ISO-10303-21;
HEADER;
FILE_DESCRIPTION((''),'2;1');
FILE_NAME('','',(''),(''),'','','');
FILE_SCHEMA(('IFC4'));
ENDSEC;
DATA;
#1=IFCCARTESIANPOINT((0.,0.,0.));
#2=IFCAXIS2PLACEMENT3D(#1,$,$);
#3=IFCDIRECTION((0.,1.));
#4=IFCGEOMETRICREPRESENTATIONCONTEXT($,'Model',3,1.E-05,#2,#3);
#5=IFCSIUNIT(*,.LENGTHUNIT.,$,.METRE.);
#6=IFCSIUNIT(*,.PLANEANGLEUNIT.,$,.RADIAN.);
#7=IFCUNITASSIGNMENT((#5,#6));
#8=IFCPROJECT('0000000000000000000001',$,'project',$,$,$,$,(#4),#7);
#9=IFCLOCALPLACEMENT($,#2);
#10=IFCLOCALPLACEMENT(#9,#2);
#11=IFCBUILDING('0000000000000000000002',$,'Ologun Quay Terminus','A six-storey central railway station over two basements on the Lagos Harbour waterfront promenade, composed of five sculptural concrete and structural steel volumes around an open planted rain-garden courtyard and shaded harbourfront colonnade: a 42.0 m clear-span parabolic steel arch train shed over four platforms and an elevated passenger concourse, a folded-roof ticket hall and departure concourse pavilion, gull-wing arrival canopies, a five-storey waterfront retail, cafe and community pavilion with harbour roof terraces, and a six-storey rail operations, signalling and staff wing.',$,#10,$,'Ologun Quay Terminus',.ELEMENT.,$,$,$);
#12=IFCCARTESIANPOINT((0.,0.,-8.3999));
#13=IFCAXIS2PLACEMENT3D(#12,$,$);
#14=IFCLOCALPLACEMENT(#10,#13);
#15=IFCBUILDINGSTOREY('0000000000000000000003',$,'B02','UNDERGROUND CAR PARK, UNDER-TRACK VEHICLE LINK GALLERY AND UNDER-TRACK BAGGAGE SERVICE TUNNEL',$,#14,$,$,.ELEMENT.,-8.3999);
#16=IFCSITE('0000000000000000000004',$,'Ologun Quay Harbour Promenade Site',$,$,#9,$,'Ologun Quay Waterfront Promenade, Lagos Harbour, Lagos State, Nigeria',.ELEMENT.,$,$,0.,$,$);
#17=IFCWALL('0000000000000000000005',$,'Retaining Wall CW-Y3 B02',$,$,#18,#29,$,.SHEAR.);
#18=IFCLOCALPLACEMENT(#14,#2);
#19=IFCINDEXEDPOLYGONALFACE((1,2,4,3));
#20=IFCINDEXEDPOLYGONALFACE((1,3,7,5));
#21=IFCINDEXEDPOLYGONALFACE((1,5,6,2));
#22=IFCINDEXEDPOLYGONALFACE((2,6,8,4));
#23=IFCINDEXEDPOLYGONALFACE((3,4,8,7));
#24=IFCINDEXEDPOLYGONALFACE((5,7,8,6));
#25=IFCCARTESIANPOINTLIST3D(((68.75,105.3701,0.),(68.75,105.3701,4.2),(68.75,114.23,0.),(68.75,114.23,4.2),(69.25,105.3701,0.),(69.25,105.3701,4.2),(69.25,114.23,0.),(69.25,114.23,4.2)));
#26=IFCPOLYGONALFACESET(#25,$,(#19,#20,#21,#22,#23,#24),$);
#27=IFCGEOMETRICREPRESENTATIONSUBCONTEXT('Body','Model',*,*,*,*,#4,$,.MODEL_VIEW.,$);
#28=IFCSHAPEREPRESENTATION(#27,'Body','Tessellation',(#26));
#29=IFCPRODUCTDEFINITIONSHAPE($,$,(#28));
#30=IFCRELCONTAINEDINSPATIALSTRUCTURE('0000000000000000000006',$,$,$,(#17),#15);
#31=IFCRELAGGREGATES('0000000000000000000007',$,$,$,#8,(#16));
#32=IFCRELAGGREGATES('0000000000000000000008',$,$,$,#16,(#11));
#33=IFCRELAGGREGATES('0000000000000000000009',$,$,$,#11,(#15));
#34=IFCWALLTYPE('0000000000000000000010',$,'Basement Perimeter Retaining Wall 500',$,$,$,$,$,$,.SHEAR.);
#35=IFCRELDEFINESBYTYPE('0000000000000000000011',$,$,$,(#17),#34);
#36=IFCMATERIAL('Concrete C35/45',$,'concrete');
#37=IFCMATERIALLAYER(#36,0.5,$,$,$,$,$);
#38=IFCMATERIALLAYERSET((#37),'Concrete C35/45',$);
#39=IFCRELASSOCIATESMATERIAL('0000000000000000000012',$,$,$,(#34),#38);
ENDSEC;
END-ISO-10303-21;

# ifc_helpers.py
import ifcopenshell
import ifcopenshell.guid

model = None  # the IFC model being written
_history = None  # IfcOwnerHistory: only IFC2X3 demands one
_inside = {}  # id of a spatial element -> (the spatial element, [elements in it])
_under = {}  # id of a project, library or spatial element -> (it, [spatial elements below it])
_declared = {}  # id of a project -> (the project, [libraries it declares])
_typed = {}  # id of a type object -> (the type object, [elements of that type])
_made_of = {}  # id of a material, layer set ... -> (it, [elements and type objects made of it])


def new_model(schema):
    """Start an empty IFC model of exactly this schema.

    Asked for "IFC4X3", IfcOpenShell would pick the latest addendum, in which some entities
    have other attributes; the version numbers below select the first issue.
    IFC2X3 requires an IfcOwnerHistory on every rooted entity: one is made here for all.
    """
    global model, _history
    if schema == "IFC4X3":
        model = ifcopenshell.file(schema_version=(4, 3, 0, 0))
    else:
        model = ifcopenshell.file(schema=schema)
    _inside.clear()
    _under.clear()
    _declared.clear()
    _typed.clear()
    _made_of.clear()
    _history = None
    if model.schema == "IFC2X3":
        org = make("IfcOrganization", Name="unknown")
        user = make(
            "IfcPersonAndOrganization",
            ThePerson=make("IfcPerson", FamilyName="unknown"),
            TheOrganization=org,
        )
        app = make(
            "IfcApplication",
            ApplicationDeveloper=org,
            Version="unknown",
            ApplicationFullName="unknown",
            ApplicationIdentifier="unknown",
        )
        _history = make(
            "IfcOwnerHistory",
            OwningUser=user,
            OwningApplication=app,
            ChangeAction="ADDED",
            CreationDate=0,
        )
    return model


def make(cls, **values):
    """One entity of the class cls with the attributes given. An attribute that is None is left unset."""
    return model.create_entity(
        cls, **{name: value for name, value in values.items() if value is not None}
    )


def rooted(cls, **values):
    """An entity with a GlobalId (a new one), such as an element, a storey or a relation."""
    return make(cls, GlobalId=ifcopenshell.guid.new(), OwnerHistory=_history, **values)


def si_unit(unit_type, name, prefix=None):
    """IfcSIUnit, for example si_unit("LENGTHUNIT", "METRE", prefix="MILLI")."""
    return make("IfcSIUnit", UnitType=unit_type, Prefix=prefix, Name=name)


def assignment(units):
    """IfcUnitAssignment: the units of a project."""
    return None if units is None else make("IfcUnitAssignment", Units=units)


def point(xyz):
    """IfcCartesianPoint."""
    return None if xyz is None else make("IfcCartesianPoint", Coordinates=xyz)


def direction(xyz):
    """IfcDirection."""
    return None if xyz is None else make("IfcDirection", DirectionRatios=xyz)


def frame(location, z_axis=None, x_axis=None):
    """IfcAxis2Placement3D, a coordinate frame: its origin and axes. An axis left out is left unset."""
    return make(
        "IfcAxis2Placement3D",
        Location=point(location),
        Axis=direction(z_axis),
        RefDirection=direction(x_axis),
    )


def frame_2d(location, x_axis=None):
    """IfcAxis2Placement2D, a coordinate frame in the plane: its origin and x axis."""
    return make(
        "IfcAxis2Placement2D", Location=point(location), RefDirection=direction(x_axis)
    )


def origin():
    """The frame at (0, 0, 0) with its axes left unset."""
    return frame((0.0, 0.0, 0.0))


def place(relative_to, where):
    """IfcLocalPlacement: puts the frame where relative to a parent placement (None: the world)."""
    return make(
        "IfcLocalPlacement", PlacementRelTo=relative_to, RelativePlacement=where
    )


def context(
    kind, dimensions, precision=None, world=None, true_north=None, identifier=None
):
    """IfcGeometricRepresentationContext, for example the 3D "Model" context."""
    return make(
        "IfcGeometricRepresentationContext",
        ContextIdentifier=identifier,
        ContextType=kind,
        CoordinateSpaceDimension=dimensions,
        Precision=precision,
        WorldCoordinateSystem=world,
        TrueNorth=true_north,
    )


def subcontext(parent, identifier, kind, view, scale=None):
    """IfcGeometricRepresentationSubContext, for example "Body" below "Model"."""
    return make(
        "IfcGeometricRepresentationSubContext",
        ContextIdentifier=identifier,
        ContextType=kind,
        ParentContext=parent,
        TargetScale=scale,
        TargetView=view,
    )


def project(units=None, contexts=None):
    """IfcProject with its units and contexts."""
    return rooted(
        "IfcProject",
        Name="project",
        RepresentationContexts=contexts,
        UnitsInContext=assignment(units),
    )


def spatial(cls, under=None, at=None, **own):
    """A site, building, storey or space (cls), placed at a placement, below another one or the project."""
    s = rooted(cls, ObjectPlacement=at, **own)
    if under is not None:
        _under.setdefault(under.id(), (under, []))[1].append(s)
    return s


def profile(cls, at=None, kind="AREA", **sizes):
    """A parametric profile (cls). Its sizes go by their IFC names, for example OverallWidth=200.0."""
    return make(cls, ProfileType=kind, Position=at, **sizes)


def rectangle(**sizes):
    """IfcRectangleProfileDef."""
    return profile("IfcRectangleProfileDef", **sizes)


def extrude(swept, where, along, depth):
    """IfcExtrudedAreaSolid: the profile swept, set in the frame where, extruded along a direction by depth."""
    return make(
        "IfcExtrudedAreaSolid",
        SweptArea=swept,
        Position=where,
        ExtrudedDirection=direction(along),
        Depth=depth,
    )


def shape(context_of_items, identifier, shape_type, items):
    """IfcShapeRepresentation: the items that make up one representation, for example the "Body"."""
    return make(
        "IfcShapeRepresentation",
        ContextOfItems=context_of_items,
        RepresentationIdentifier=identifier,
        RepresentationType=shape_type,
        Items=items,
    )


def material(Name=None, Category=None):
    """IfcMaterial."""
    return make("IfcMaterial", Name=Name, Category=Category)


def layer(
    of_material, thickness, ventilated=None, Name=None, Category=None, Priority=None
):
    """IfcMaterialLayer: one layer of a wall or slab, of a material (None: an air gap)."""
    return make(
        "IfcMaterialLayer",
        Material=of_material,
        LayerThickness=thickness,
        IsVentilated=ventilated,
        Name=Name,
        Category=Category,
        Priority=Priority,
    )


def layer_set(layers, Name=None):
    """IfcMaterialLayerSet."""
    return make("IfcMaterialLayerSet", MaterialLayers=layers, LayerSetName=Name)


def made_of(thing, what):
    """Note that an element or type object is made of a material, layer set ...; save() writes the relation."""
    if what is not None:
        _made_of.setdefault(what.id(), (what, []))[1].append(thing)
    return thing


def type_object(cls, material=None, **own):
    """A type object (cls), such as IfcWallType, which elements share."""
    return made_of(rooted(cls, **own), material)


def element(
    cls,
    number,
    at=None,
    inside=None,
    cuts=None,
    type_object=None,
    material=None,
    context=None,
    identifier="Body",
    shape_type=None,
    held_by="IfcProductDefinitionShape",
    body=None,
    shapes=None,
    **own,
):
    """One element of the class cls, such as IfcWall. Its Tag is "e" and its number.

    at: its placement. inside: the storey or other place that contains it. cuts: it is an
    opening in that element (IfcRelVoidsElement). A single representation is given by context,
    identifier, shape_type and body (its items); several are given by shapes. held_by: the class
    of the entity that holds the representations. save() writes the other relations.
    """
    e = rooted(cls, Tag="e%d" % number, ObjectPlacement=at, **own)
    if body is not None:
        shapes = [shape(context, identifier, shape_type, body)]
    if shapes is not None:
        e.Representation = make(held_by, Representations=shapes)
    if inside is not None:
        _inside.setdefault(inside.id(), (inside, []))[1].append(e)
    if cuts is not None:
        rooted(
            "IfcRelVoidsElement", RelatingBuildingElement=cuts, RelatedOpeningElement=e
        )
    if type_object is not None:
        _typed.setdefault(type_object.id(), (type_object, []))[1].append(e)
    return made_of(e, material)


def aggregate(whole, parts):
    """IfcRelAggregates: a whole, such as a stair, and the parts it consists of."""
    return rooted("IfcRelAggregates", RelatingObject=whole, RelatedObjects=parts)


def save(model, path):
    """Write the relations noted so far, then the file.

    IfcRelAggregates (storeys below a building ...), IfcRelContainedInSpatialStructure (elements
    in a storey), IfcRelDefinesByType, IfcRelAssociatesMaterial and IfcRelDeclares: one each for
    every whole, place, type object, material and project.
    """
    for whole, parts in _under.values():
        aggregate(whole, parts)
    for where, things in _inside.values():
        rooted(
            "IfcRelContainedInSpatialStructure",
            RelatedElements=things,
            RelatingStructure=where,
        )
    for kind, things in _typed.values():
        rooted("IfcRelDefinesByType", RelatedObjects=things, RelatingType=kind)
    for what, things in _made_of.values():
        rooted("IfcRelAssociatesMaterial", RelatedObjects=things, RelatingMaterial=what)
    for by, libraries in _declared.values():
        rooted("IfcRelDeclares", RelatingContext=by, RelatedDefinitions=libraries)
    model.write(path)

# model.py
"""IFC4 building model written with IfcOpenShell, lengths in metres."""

from ifc_helpers import new_model, si_unit, direction, frame, frame_2d, origin, place, context, subcontext, project, spatial, rectangle, extrude, material, layer, layer_set, type_object, element, save


model = new_model("IFC4")

# Units and contexts
model_context = context("Model", 3, precision=1e-05, world=origin(), true_north=direction((0.0, 1.0)))
body_context = subcontext(model_context, "Body", "Model", "MODEL_VIEW")
ifc_project = project(units=[si_unit("LENGTHUNIT", "METRE"), si_unit("PLANEANGLEUNIT", "RADIAN")], contexts=[model_context])

# Site, building, storey
site_placement = place(None, origin())
site = spatial("IfcSite", under=ifc_project, at=site_placement, Name="Ologun Quay Harbour Promenade Site", LongName="Ologun Quay Waterfront Promenade, Lagos Harbour, Lagos State, Nigeria", CompositionType="ELEMENT", RefElevation=0.0)
building_placement = place(site_placement, origin())
building = spatial("IfcBuilding", under=site, at=building_placement, Name="Ologun Quay Terminus", Description="A six-storey central railway station over two basements on the Lagos Harbour waterfront promenade, composed of five sculptural concrete and structural steel volumes around an open planted rain-garden courtyard and shaded harbourfront colonnade: a 42.0 m clear-span parabolic steel arch train shed over four platforms and an elevated passenger concourse, a folded-roof ticket hall and departure concourse pavilion, gull-wing arrival canopies, a five-storey waterfront retail, cafe and community pavilion with harbour roof terraces, and a six-storey rail operations, signalling and staff wing.", LongName="Ologun Quay Terminus", CompositionType="ELEMENT")
storey_placement = place(building_placement, frame((0.0, 0.0, -8.3999)))
storey = spatial("IfcBuildingStorey", under=building, at=storey_placement, Name="B02", Description="UNDERGROUND CAR PARK, UNDER-TRACK VEHICLE LINK GALLERY AND UNDER-TRACK BAGGAGE SERVICE TUNNEL", CompositionType="ELEMENT", Elevation=-8.3999)

# Wall
ifc_material_1 = material(Name="Concrete C35/45", Category="concrete")
ifc_layer = layer(ifc_material_1, 0.5)
ifc_layer_set = layer_set([ifc_layer], Name="Concrete C35/45")
wall_type = type_object("IfcWallType", Name="Basement Perimeter Retaining Wall 500", PredefinedType="SHEAR", material=ifc_layer_set)
for number, where, z_axis, x_axis, name in (
    (1, (69.0, 105.3701, 0.0), (0.0, 0.0, 1.0), (0.0, 1.0, 0.0), "Retaining Wall CW-Y3 B02"),
):
    element("IfcWall", number, at=place(storey_placement, frame(where, z_axis=z_axis, x_axis=x_axis)), inside=storey, type_object=wall_type, Name=name, PredefinedType="SHEAR", context=body_context, shape_type="SweptSolid", body=[
        extrude(rectangle(XDim=8.8599, YDim=0.5, at=frame_2d((4.4299, 0.0))), origin(), (0.0, 0.0, 1.0), 4.2),
    ])

save(model, "model.ifc")
